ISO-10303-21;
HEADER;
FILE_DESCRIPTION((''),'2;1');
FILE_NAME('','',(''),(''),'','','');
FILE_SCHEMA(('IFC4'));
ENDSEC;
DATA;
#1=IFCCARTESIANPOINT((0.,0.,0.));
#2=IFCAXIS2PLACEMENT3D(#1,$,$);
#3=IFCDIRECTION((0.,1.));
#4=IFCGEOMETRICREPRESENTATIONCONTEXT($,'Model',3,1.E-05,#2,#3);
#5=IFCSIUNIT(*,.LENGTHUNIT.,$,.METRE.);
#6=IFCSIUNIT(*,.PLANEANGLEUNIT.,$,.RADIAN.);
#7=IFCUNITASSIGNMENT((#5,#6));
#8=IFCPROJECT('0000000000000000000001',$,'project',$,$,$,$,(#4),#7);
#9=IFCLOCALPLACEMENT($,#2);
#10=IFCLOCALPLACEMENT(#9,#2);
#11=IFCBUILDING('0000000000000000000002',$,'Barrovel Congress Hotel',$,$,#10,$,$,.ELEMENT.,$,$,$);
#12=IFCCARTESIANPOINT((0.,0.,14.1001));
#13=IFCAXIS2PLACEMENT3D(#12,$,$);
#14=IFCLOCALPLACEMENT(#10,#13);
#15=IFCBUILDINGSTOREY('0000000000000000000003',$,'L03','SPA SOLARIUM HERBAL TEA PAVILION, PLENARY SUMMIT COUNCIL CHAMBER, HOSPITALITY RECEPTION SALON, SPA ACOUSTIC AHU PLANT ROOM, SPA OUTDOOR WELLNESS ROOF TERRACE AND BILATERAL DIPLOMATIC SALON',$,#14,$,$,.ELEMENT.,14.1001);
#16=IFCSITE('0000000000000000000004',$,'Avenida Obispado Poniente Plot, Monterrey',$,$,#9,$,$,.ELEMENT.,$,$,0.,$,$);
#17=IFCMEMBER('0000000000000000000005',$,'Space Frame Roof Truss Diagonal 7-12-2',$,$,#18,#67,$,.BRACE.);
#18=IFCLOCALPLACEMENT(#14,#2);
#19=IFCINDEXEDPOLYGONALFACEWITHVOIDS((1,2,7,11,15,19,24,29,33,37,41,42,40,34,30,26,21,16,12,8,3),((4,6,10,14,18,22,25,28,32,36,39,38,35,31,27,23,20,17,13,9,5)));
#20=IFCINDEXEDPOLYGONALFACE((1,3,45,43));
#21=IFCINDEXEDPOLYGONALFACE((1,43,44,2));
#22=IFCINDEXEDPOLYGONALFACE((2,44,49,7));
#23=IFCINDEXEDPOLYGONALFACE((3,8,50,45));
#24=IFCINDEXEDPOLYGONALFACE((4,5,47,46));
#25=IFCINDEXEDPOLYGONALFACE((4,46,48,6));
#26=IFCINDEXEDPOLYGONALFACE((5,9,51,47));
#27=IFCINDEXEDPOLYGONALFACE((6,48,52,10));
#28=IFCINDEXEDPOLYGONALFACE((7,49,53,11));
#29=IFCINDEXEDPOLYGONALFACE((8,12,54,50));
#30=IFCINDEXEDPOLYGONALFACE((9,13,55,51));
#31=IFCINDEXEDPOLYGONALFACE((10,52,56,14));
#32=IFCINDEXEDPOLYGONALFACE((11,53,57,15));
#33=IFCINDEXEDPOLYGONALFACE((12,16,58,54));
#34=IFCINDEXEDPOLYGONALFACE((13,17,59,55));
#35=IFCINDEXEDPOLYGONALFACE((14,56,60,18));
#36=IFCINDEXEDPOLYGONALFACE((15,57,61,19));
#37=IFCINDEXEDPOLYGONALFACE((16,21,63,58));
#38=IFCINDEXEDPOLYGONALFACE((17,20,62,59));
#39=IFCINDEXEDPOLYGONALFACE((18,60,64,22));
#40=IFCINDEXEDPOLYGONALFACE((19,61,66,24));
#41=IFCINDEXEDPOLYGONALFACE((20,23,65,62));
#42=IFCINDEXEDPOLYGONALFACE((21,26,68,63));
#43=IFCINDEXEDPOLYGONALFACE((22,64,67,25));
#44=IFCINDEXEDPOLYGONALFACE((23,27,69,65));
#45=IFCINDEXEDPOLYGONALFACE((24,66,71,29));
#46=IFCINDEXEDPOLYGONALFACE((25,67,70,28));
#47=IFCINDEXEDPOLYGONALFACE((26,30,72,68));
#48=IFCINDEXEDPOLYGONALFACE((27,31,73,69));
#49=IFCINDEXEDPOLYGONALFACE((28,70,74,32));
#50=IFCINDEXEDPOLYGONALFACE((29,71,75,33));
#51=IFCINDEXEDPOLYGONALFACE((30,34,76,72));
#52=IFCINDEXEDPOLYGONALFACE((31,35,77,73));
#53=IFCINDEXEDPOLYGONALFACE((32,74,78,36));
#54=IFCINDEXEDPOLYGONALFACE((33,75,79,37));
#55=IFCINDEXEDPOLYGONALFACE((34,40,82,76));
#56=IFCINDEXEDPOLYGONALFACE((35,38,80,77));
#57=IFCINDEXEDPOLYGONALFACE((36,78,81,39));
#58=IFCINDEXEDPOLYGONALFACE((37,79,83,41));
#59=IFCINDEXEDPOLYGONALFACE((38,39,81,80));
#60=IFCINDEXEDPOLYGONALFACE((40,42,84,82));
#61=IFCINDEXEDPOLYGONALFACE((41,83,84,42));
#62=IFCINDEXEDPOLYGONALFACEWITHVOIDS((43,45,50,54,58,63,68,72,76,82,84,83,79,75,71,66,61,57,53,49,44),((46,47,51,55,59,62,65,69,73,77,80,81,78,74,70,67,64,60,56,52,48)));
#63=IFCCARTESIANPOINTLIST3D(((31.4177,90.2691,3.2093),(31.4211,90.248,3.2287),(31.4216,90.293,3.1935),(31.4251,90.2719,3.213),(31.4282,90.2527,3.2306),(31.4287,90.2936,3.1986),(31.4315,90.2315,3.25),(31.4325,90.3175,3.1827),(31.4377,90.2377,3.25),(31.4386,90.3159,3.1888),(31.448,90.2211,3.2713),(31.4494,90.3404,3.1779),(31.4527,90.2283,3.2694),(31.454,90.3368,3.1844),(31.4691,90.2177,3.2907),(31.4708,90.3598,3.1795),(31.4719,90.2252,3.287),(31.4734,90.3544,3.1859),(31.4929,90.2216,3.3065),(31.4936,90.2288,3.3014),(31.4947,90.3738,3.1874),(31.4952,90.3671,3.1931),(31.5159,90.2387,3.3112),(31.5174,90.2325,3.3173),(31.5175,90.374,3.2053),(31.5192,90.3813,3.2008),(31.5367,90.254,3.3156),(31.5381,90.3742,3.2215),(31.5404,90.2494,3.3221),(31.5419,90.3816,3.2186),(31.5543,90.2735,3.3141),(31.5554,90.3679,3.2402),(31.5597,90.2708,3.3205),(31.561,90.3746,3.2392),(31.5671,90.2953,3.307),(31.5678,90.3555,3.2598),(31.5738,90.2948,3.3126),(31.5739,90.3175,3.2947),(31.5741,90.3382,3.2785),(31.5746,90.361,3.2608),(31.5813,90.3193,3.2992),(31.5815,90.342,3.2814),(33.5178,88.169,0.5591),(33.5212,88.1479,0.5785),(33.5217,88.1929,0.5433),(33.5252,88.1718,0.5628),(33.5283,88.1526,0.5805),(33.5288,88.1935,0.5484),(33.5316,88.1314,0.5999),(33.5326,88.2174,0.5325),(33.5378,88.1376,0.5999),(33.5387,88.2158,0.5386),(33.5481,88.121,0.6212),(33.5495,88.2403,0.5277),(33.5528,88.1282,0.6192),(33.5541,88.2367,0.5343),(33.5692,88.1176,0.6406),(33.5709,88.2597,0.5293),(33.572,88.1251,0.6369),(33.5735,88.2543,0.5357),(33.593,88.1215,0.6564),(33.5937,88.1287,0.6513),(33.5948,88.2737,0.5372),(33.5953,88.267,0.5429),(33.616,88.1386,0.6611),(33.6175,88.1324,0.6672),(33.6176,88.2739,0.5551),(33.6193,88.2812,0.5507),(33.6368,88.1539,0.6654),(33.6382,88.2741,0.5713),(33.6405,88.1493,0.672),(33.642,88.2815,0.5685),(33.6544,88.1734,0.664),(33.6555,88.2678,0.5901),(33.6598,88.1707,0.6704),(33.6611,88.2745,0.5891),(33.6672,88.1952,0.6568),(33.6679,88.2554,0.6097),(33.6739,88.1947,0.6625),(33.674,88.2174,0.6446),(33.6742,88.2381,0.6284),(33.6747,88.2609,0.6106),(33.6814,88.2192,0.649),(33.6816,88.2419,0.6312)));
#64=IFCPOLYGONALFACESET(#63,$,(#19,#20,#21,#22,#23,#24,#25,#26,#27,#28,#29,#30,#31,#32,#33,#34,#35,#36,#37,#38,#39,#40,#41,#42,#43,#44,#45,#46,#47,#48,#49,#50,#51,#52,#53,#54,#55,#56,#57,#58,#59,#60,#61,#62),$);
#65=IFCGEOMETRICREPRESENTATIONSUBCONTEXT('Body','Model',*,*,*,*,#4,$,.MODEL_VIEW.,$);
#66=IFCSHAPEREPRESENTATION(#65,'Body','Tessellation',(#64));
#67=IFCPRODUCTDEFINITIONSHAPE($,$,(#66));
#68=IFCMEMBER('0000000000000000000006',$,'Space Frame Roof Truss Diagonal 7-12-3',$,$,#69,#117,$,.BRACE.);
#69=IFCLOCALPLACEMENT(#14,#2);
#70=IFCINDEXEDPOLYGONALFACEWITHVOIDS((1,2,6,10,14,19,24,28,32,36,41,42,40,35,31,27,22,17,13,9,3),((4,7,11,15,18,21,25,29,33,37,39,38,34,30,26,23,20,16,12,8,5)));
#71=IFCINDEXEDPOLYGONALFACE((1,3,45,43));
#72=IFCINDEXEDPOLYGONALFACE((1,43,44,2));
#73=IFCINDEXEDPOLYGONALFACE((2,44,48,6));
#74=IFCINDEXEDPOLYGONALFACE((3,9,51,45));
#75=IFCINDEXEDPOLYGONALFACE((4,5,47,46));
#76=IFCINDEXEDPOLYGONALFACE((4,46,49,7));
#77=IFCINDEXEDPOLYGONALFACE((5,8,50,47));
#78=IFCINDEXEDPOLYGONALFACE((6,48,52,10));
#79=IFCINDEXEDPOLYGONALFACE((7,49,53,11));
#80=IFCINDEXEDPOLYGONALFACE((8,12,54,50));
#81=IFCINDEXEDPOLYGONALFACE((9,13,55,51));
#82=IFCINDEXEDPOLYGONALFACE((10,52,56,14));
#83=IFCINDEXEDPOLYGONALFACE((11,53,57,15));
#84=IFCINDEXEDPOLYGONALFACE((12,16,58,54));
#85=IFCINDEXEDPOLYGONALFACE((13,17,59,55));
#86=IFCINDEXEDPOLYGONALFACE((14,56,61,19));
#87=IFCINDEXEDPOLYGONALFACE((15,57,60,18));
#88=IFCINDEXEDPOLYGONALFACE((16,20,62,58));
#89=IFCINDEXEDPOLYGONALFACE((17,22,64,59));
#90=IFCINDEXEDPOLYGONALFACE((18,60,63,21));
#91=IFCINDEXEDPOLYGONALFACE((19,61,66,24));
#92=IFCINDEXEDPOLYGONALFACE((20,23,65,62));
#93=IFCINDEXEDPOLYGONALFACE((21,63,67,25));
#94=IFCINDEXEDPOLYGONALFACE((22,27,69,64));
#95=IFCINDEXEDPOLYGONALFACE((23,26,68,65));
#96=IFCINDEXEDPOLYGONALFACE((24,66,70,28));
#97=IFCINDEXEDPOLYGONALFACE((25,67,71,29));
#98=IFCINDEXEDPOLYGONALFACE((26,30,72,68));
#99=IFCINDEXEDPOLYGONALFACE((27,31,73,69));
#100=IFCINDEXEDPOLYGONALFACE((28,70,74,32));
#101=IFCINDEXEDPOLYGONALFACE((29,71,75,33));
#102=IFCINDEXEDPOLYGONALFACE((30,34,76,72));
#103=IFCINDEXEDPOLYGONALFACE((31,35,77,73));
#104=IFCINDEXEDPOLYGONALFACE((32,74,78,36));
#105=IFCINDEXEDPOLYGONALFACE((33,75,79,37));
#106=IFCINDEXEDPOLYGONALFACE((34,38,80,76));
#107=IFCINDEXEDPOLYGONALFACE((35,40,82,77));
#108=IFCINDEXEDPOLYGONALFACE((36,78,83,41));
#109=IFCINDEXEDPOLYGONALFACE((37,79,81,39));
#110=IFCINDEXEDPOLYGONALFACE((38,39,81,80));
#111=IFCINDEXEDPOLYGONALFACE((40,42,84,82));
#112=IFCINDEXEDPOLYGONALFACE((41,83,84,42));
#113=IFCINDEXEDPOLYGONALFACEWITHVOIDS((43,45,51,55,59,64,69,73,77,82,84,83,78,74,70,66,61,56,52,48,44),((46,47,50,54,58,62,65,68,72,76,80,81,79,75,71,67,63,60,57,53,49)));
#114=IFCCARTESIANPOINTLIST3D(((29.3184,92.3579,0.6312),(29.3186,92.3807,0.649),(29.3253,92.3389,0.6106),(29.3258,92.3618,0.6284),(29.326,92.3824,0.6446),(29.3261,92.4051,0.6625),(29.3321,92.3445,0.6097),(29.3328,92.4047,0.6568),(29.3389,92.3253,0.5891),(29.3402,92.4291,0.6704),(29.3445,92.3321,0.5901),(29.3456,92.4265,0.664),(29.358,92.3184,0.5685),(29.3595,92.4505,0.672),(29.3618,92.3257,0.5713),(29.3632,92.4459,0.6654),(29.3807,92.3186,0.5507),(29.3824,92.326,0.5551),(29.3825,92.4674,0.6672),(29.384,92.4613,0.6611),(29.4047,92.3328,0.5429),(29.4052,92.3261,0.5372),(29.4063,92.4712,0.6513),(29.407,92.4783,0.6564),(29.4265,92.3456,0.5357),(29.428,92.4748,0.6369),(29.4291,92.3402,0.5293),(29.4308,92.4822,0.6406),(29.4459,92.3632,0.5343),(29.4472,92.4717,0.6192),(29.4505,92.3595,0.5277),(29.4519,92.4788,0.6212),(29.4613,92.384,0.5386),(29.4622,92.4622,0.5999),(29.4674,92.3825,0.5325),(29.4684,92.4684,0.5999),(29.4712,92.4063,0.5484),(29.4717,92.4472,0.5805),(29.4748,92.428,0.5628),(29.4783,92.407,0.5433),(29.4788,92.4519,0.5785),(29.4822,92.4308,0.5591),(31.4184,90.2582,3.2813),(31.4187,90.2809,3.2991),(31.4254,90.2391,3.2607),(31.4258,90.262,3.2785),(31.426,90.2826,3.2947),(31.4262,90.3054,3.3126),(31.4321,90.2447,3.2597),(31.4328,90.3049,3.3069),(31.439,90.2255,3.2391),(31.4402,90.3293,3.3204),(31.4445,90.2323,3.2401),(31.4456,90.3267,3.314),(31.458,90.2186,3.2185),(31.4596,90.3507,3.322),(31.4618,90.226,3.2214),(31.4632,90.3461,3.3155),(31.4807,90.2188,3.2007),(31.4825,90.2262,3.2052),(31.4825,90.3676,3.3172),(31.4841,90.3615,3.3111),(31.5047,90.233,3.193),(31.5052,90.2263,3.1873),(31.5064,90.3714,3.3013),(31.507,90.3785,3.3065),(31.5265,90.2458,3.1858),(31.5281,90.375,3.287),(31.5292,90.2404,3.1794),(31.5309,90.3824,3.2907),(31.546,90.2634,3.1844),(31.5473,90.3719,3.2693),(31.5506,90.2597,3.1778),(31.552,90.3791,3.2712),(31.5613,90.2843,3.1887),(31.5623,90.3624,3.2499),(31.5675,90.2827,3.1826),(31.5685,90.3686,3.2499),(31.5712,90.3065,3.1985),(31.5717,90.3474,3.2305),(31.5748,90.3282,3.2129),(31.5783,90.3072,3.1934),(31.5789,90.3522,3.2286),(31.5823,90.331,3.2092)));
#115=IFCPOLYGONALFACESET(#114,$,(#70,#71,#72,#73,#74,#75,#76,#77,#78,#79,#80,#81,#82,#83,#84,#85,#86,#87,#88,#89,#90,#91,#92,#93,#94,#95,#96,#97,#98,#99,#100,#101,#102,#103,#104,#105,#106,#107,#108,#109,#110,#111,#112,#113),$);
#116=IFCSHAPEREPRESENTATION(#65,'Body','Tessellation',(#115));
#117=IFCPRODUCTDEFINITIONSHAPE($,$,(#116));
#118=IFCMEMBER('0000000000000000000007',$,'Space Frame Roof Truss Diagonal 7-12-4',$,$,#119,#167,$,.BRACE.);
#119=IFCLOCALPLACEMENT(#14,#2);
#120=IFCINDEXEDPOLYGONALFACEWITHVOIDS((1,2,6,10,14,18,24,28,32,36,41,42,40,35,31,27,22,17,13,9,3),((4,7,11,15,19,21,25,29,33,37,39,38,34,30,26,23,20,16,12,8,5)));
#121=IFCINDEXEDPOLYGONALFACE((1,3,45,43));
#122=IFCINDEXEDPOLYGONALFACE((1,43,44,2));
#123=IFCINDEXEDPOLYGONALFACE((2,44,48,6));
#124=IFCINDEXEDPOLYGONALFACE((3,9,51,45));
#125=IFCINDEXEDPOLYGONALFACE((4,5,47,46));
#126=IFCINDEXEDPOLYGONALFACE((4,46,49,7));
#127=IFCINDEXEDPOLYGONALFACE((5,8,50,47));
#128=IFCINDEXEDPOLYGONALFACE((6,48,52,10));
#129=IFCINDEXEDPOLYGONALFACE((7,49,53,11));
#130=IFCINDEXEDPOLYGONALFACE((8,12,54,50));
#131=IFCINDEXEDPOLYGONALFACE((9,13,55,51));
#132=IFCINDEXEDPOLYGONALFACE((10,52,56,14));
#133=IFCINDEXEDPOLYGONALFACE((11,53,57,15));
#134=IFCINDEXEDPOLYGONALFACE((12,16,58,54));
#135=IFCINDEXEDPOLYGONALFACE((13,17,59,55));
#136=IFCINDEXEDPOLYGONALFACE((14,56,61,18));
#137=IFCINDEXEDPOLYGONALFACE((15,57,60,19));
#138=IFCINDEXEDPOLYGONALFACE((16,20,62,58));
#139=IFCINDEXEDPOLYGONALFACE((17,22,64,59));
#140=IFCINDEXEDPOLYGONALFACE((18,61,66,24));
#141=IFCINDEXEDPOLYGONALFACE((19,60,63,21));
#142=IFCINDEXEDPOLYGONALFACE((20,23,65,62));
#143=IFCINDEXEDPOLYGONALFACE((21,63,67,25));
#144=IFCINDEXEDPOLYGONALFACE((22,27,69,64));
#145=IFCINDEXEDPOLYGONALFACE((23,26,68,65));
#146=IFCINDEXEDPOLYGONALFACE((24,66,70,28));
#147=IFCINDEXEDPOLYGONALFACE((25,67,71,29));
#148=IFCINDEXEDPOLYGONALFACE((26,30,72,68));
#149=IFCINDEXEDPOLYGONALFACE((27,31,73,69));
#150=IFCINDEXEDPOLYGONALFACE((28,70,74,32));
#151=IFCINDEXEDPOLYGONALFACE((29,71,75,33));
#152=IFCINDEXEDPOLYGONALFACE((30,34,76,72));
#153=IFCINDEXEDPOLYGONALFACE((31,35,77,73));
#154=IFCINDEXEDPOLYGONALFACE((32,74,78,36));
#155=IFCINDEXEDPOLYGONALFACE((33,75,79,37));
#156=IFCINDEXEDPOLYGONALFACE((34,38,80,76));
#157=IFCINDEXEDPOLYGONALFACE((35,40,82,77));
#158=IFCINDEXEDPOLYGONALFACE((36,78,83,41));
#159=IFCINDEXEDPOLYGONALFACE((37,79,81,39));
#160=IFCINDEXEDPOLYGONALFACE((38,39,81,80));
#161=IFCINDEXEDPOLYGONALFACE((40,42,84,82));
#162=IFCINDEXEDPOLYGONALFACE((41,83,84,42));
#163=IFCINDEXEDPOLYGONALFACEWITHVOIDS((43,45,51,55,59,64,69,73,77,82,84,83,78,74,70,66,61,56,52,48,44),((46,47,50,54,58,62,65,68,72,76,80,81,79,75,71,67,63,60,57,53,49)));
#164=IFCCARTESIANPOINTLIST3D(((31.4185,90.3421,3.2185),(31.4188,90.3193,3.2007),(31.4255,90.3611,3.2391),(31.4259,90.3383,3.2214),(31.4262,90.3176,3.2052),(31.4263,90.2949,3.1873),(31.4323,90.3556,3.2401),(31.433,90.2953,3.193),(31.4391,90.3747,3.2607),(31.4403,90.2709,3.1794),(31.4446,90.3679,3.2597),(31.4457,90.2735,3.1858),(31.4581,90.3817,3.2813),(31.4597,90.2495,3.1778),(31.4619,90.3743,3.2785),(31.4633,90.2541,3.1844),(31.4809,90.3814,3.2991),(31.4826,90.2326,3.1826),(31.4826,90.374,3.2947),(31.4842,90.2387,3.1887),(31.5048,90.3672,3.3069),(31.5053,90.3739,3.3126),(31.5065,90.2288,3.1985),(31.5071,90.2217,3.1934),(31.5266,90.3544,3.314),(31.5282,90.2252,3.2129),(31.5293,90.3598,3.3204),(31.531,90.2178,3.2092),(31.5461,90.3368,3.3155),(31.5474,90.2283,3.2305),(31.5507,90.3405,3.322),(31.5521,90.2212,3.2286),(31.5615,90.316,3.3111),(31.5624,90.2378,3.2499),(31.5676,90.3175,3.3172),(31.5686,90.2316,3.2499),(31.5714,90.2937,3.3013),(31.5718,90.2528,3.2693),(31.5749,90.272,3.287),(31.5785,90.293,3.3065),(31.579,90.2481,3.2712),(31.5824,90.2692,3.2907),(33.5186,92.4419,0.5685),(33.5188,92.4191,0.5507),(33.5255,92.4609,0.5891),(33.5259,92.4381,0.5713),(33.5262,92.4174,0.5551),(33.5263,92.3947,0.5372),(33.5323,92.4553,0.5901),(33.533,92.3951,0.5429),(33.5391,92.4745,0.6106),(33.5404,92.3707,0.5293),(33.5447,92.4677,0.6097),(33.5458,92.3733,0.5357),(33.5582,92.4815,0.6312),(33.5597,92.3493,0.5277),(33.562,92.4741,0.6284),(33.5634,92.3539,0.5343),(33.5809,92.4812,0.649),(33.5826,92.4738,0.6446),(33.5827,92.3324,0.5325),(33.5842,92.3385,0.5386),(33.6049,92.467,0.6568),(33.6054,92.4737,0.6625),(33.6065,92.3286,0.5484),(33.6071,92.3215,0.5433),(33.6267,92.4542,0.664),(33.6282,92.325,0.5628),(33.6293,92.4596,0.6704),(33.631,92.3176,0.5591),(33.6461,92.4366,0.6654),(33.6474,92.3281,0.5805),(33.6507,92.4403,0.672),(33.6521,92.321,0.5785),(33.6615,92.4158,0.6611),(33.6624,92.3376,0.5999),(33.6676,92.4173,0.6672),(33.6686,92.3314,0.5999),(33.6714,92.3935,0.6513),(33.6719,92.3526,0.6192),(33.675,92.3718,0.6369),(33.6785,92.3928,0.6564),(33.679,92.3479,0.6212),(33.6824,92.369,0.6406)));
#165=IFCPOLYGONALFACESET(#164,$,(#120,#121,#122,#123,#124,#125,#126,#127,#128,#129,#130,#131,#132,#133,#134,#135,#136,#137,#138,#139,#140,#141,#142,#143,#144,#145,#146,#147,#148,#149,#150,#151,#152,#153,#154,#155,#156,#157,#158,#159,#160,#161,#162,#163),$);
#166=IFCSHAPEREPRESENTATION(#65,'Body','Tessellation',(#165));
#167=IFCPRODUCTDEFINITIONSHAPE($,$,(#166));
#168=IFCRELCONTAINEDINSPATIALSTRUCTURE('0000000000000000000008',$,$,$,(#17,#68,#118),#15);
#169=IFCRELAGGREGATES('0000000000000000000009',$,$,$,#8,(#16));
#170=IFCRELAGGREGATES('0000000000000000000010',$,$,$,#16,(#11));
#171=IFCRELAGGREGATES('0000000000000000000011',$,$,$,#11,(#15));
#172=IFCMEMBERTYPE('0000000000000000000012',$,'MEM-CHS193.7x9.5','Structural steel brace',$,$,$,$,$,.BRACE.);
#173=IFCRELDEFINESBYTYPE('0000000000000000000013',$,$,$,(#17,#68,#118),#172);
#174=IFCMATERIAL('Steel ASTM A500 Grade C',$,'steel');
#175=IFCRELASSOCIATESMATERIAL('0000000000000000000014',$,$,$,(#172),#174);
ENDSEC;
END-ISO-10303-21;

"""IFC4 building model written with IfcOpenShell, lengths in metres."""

from ifc_helpers import new_model, si_unit, direction, frame, origin, origin_2d, place, context, subcontext, project, spatial, hollow_circle, extrude, material, material_profile, profile_set, type_object, element, save


model = new_model("IFC4")

# Units and contexts
model_context = context("Model", 3, precision=1e-05, world=origin(), true_north=direction((0.0, 1.0)))
body_context = subcontext(model_context, "Body", "Model", "MODEL_VIEW")
ifc_project = project(units=[si_unit("LENGTHUNIT", "METRE"), si_unit("PLANEANGLEUNIT", "RADIAN")], contexts=[model_context])

# Site, building, storey
site_placement = place(None, origin())
site = spatial("IfcSite", under=ifc_project, at=site_placement, Name="Avenida Obispado Poniente Plot, Monterrey", CompositionType="ELEMENT", RefElevation=0.0)
building_placement = place(site_placement, origin())
building = spatial("IfcBuilding", under=site, at=building_placement, Name="Barrovel Congress Hotel", CompositionType="ELEMENT")
storey_placement = place(building_placement, frame((0.0, 0.0, 14.1001)))
storey = spatial("IfcBuildingStorey", under=building, at=storey_placement, Name="L03", Description="SPA SOLARIUM HERBAL TEA PAVILION, PLENARY SUMMIT COUNCIL CHAMBER, HOSPITALITY RECEPTION SALON, SPA ACOUSTIC AHU PLANT ROOM, SPA OUTDOOR WELLNESS ROOF TERRACE AND BILATERAL DIPLOMATIC SALON", CompositionType="ELEMENT", Elevation=14.1001)

# Members
ifc_material_1 = material(Name="Steel ASTM A500 Grade C", Category="steel")
ifc_material_profile_1 = material_profile(ifc_material_1, hollow_circle(Radius=0.0969, WallThickness=0.0088, at=origin_2d()), Name="CHS193.7x9.5")
ifc_profile_set_1 = profile_set([ifc_material_profile_1], Name="Steel ASTM A500 Grade C")
member_type_1 = type_object("IfcMemberType", Name="MEM-CHS193.7x9.5", Description="Structural steel brace", PredefinedType="BRACE", material=ifc_profile_set_1)
for number, where, z_axis, x_axis, name in (
    (1, (33.6001, 88.2, 0.5999), (-0.527601, 0.527601, 0.665788), (-0.707107, -0.707107, 0.0), "Space Frame Roof Truss Diagonal 7-12-2"),
):
    element("IfcMember", number, at=place(storey_placement, frame(where, z_axis=z_axis, x_axis=x_axis)), inside=storey, type_object=member_type_1, Name=name, PredefinedType="BRACE", context=body_context, shape_type="SweptSolid", body=[
        extrude(hollow_circle(Radius=0.0969, WallThickness=0.0088, at=origin_2d()), origin(), (0.0, 0.0, 1.0), 3.9805),
    ])
for number, where, z_axis, x_axis, name in (
    (2, (29.3999, 92.3999, 0.5999), (0.527618, -0.527557, 0.66581), (0.707066, 0.707148, 0.0), "Space Frame Roof Truss Diagonal 7-12-3"),
    (3, (33.6001, 92.3999, 0.5999), (-0.527618, -0.527557, 0.66581), (0.707066, -0.707148, 0.0), "Space Frame Roof Truss Diagonal 7-12-4"),
):
    element("IfcMember", number, at=place(storey_placement, frame(where, z_axis=z_axis, x_axis=x_axis)), inside=storey, type_object=member_type_1, Name=name, PredefinedType="BRACE", context=body_context, shape_type="SweptSolid", body=[
        extrude(hollow_circle(Radius=0.0969, WallThickness=0.0088, at=origin_2d()), origin(), (0.0, 0.0, 1.0), 3.9802),
    ])

save(model, "model.ifc")
